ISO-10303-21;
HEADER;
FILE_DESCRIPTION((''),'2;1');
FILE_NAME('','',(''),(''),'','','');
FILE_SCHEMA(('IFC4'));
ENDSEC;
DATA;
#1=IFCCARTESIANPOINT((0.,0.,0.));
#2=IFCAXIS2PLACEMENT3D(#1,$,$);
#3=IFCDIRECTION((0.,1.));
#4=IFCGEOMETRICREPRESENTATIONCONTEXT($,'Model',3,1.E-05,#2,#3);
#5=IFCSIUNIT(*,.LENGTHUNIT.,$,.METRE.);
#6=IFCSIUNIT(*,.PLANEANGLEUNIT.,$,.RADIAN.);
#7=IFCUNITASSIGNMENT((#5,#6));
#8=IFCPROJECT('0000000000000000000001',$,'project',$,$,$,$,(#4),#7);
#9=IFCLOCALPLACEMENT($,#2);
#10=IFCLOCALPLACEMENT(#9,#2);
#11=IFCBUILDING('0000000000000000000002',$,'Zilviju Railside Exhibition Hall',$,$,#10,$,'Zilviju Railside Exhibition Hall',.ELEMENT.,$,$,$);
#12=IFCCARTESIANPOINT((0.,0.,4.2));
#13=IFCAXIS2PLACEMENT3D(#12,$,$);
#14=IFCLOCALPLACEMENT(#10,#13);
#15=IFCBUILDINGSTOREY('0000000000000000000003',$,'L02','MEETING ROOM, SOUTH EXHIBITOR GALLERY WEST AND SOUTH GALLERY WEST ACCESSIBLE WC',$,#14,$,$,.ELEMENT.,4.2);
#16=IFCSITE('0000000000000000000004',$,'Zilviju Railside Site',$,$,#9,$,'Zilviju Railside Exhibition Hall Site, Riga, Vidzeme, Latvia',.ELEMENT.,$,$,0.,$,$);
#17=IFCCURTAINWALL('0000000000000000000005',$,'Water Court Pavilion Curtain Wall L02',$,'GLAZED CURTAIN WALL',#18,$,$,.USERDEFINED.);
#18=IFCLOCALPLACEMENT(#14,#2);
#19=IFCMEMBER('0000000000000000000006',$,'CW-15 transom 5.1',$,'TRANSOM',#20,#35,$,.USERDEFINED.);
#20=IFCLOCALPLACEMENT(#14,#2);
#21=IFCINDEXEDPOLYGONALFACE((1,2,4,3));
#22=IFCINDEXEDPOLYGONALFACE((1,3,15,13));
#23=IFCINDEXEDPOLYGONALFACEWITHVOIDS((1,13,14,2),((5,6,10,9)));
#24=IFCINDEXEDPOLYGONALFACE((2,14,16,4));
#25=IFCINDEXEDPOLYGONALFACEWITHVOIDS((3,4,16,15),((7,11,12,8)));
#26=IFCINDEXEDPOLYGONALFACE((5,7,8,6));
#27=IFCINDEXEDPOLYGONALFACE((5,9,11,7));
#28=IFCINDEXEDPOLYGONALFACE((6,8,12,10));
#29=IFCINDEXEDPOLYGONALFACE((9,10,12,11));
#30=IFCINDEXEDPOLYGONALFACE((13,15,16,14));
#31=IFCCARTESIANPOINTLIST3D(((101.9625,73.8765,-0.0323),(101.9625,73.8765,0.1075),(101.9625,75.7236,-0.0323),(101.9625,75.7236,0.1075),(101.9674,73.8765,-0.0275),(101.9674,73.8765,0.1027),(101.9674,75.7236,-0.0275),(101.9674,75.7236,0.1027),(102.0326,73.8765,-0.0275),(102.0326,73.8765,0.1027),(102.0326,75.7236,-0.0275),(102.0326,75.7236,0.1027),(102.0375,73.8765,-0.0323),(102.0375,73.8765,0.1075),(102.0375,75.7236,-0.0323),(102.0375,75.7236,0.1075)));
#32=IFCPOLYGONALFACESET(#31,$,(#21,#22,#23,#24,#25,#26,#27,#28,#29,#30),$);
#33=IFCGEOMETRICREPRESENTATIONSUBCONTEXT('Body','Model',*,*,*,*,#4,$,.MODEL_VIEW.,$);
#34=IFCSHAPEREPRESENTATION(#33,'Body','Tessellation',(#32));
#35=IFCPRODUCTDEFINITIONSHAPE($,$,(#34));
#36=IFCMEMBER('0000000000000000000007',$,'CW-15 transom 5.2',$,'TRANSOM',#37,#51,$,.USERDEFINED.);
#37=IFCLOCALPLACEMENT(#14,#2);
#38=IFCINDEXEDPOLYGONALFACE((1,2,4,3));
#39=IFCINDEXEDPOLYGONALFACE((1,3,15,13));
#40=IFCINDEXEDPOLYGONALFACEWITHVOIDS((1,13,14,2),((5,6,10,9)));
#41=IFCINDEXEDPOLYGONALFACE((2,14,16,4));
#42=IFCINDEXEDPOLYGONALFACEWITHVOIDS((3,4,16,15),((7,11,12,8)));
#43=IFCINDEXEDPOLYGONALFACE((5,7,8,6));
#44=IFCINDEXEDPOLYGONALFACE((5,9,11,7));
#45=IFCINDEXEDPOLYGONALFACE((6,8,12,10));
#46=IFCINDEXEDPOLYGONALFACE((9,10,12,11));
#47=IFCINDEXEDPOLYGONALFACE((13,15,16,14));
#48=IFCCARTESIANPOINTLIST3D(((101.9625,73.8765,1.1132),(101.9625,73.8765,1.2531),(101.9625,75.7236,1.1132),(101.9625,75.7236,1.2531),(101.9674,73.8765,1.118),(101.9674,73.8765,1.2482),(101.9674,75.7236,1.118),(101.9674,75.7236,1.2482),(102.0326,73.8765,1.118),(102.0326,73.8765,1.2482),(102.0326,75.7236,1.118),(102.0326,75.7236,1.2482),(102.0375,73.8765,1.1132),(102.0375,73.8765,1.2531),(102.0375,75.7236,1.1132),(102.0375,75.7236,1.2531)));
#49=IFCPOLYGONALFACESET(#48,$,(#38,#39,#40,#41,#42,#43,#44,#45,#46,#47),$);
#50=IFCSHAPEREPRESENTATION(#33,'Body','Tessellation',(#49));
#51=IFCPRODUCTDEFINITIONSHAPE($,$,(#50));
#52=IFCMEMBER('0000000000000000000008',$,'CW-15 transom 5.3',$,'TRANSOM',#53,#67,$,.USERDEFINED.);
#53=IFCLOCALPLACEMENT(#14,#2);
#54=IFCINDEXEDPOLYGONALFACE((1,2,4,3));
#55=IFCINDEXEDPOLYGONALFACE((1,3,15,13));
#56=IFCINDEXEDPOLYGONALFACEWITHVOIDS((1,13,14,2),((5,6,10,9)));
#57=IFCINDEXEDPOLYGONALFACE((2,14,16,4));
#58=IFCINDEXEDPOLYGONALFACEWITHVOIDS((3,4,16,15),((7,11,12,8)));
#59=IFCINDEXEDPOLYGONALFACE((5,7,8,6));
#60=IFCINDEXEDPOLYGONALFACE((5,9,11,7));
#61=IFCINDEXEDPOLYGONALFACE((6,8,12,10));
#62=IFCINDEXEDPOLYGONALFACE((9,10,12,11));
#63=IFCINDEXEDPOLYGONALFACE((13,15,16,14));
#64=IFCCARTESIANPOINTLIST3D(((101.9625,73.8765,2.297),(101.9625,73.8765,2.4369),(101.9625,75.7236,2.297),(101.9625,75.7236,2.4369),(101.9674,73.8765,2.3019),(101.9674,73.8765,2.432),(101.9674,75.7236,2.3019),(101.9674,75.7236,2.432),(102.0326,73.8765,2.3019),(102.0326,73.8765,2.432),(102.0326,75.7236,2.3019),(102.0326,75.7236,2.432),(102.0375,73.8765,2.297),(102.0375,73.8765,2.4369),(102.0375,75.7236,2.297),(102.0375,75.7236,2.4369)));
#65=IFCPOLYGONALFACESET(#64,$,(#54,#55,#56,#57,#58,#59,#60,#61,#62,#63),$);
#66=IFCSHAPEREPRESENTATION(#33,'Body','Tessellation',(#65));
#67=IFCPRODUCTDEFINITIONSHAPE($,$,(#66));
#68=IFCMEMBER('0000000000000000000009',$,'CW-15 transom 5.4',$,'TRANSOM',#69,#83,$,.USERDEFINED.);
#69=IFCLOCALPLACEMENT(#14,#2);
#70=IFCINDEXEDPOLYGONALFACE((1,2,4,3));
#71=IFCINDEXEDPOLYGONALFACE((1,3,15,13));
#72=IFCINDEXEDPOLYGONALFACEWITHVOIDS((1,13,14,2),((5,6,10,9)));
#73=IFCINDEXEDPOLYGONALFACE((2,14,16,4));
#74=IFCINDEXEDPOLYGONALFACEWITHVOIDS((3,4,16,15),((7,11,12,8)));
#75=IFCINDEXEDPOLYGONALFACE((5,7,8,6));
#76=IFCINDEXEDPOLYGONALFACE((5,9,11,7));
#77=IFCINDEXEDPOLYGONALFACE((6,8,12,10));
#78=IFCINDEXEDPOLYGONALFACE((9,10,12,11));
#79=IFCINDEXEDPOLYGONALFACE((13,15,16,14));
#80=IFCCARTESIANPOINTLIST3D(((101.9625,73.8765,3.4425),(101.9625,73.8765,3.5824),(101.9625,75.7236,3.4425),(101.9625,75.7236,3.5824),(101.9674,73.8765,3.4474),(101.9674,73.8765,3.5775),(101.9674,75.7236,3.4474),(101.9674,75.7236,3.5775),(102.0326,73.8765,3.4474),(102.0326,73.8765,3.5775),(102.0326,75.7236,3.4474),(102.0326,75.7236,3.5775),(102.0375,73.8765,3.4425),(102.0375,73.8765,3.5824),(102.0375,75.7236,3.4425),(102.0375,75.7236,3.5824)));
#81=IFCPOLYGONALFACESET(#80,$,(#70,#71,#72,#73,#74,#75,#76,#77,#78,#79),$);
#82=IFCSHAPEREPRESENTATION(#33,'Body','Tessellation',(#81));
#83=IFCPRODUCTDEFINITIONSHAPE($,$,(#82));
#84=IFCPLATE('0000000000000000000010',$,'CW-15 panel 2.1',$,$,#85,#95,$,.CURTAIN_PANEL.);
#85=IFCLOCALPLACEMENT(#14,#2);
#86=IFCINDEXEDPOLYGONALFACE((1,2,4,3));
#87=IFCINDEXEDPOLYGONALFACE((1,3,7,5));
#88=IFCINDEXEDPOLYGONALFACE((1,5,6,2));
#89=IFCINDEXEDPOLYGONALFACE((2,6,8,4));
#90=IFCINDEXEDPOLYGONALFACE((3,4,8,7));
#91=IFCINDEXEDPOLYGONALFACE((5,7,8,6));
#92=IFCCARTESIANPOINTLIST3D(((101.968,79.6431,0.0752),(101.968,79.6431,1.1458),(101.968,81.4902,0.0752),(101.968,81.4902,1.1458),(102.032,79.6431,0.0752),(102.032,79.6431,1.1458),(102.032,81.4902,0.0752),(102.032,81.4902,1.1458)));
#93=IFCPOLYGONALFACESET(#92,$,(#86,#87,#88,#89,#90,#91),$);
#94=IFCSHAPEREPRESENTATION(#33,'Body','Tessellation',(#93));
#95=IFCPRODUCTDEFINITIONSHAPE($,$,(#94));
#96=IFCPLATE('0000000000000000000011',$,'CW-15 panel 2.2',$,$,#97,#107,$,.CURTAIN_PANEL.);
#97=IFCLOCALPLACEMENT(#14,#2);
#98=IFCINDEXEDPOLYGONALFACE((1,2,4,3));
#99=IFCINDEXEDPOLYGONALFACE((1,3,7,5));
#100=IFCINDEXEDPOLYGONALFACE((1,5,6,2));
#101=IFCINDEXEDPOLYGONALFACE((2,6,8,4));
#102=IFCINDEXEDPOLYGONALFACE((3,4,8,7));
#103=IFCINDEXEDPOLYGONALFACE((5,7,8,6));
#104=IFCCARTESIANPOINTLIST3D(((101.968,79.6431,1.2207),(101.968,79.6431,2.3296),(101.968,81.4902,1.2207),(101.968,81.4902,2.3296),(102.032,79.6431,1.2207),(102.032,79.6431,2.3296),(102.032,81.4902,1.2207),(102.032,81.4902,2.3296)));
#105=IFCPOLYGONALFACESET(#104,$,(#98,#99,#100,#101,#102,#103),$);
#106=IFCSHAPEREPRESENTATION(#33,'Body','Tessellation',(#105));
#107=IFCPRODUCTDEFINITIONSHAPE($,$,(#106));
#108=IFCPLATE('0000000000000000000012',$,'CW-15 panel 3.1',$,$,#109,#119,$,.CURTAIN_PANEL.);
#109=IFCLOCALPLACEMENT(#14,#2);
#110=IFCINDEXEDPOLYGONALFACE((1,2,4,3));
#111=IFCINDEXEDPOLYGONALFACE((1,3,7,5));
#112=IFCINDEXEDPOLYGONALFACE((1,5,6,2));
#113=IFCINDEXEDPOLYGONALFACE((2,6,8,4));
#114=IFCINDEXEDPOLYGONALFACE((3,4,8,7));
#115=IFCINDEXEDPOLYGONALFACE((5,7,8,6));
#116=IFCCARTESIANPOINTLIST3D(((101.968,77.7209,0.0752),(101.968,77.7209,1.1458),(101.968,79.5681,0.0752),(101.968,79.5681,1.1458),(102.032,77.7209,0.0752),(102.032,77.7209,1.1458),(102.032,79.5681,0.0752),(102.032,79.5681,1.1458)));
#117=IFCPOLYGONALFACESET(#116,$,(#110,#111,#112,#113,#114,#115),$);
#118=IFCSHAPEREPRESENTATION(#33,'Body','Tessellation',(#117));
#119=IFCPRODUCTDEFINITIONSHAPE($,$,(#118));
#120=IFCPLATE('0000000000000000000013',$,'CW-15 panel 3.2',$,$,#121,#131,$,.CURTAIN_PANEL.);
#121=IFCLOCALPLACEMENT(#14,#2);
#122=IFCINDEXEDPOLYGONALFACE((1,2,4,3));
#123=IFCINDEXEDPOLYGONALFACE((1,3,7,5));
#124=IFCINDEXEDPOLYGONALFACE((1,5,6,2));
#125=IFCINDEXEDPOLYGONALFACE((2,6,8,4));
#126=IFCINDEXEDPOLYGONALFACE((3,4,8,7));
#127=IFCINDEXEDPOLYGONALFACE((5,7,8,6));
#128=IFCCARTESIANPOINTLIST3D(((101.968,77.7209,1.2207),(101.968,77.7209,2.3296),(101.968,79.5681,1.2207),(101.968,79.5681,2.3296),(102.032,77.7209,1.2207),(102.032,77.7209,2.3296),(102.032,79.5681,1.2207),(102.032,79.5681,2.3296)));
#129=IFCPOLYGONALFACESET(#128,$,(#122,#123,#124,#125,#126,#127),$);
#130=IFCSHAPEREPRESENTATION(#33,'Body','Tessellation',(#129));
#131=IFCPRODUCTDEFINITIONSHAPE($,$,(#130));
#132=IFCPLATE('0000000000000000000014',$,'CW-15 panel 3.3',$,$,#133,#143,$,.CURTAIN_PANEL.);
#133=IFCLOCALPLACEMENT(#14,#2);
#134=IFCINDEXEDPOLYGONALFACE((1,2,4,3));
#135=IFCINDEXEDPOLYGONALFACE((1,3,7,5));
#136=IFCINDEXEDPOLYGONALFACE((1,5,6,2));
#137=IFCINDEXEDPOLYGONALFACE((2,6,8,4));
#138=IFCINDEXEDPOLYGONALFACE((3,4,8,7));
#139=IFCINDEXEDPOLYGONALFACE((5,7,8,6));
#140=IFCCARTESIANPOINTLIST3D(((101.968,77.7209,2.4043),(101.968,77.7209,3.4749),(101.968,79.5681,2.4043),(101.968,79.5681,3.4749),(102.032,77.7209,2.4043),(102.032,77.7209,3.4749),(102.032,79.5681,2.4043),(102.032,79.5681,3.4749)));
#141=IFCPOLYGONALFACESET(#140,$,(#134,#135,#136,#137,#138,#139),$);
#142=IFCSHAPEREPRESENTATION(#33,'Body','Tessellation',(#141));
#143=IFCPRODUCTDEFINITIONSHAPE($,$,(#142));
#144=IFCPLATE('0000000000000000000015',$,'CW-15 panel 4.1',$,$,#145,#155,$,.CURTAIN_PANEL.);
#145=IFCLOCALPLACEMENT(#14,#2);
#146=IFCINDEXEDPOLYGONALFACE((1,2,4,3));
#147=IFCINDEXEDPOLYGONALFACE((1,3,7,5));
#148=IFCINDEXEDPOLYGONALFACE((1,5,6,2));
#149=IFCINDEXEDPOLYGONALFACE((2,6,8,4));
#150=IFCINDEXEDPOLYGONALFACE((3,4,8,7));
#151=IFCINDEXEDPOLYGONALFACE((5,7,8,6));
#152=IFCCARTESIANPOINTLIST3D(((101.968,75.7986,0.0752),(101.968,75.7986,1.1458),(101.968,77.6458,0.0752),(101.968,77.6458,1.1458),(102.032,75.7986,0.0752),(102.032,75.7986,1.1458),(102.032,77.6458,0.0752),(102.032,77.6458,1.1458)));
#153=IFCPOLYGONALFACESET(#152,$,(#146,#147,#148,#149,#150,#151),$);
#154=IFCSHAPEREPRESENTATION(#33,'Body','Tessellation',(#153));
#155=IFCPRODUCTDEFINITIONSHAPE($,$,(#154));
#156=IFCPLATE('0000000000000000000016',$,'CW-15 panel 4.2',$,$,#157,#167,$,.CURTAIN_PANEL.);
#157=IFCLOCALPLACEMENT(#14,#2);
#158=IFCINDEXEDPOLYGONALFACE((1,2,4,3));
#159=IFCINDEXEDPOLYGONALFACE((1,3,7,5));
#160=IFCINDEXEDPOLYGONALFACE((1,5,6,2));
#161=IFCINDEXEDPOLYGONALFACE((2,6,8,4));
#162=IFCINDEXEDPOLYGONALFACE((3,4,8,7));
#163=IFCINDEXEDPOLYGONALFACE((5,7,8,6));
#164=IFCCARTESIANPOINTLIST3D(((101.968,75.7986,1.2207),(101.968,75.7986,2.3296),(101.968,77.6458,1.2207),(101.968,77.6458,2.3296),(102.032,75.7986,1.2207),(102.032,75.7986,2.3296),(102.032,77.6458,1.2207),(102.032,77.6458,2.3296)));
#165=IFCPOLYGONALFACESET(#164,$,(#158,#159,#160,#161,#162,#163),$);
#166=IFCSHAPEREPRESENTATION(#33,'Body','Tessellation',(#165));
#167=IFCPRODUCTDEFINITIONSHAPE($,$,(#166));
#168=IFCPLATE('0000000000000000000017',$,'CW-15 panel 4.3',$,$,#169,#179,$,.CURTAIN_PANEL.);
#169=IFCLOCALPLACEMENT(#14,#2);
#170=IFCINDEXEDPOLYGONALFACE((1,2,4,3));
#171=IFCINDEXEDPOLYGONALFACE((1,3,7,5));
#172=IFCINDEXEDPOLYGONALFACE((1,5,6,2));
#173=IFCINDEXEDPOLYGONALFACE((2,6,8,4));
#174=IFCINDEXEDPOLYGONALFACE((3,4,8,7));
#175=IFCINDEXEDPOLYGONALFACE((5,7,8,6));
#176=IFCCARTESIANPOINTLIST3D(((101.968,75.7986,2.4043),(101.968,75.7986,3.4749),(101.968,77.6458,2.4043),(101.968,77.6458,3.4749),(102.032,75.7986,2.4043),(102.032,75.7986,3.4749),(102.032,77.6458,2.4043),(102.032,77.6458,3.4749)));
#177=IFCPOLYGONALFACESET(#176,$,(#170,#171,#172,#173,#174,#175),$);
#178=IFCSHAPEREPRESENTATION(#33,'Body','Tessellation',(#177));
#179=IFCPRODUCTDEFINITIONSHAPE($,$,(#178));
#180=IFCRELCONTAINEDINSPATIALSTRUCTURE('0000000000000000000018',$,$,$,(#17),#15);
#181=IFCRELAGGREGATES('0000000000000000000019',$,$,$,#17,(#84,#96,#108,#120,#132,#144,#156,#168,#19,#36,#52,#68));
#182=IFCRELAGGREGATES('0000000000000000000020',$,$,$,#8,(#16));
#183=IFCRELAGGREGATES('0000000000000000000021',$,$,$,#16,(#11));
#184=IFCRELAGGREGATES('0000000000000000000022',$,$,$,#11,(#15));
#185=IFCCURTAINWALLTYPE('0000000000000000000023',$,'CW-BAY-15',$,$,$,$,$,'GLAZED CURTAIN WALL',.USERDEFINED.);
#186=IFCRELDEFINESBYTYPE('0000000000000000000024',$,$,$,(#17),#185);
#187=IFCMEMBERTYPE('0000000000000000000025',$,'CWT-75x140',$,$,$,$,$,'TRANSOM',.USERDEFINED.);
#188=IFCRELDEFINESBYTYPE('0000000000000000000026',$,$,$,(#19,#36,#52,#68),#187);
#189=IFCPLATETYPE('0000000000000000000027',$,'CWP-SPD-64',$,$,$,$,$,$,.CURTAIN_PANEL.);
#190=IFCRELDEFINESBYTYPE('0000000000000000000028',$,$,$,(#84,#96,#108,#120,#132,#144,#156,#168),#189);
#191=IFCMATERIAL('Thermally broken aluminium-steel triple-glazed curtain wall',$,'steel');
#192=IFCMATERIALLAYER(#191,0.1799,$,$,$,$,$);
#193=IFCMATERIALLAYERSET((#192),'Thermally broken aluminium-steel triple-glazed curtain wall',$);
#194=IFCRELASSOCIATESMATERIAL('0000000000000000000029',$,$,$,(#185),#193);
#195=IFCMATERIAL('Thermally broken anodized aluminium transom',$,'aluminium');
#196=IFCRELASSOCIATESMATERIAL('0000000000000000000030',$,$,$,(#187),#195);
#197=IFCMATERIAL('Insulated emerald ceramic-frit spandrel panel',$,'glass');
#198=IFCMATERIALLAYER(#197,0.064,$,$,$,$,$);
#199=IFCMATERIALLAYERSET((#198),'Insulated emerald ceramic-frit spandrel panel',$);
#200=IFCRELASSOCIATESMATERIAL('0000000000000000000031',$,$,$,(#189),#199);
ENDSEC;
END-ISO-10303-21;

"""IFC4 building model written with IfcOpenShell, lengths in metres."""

from ifc_helpers import new_model, si_unit, direction, frame, origin, origin_2d, place, context, subcontext, project, spatial, rectangle, hollow_rectangle, extrude, material, layer, layer_set, material_profile, profile_set, type_object, element, aggregate, save


model = new_model("IFC4")

# Units and contexts
model_context = context("Model", 3, precision=1e-05, world=origin(), true_north=direction((0.0, 1.0)))
body_context = subcontext(model_context, "Body", "Model", "MODEL_VIEW")
ifc_project = project(units=[si_unit("LENGTHUNIT", "METRE"), si_unit("PLANEANGLEUNIT", "RADIAN")], contexts=[model_context])

# Site, building, storey
site_placement = place(None, origin())
site = spatial("IfcSite", under=ifc_project, at=site_placement, Name="Zilviju Railside Site", LongName="Zilviju Railside Exhibition Hall Site, Riga, Vidzeme, Latvia", CompositionType="ELEMENT", RefElevation=0.0)
building_placement = place(site_placement, origin())
building = spatial("IfcBuilding", under=site, at=building_placement, Name="Zilviju Railside Exhibition Hall", LongName="Zilviju Railside Exhibition Hall", CompositionType="ELEMENT")
storey_placement = place(building_placement, frame((0.0, 0.0, 4.2)))
storey = spatial("IfcBuildingStorey", under=building, at=storey_placement, Name="L02", Description="MEETING ROOM, SOUTH EXHIBITOR GALLERY WEST AND SOUTH GALLERY WEST ACCESSIBLE WC", CompositionType="ELEMENT", Elevation=4.2)

# Curtain wall, members, plates
ifc_material_1 = material(Name="Thermally broken aluminium-steel triple-glazed curtain wall", Category="steel")
ifc_layer_1 = layer(ifc_material_1, 0.1799)
ifc_layer_set_1 = layer_set([ifc_layer_1], Name="Thermally broken aluminium-steel triple-glazed curtain wall")
curtain_wall_type = type_object("IfcCurtainWallType", Name="CW-BAY-15", ElementType="GLAZED CURTAIN WALL", PredefinedType="USERDEFINED", material=ifc_layer_set_1)
curtain_wall_placement = place(storey_placement, origin())
curtain_wall = element("IfcCurtainWall", 1, at=curtain_wall_placement, inside=storey, type_object=curtain_wall_type, Name="Water Court Pavilion Curtain Wall L02", ObjectType="GLAZED CURTAIN WALL", PredefinedType="USERDEFINED")
ifc_material_2 = material(Name="Thermally broken anodized aluminium transom", Category="aluminium")
ifc_material_profile_1 = material_profile(ifc_material_2, hollow_rectangle(XDim=0.075, YDim=0.1399, WallThickness=0.0049, at=origin_2d()), Name="TRANSOM 140x75x5")
ifc_profile_set_1 = profile_set([ifc_material_profile_1], Name="Thermally broken anodized aluminium transom")
member_type_1 = type_object("IfcMemberType", Name="CWT-75x140", ElementType="TRANSOM", PredefinedType="USERDEFINED", material=ifc_profile_set_1)
member_1_placement = place(storey_placement, frame((102.0, 75.7236, 0.0376), z_axis=(0.0, -1.0, 0.0), x_axis=(1.0, 0.0, 0.0)))
member_1 = element("IfcMember", 2, at=member_1_placement, type_object=member_type_1, Name="CW-15 transom 5.1", ObjectType="TRANSOM", PredefinedType="USERDEFINED", context=body_context, shape_type="SweptSolid", body=[
    extrude(hollow_rectangle(XDim=0.075, YDim=0.1399, WallThickness=0.0049, at=origin_2d()), origin(), (0.0, 0.0, 1.0), 1.8472),
])
member_2_placement = place(storey_placement, frame((102.0, 75.7236, 1.1831), z_axis=(0.0, -1.0, 0.0), x_axis=(1.0, 0.0, 0.0)))
member_2 = element("IfcMember", 3, at=member_2_placement, type_object=member_type_1, Name="CW-15 transom 5.2", ObjectType="TRANSOM", PredefinedType="USERDEFINED", context=body_context, shape_type="SweptSolid", body=[
    extrude(hollow_rectangle(XDim=0.075, YDim=0.1399, WallThickness=0.0049, at=origin_2d()), origin(), (0.0, 0.0, 1.0), 1.8472),
])
member_3_placement = place(storey_placement, frame((102.0, 75.7236, 2.3669), z_axis=(0.0, -1.0, 0.0), x_axis=(1.0, 0.0, 0.0)))
member_3 = element("IfcMember", 4, at=member_3_placement, type_object=member_type_1, Name="CW-15 transom 5.3", ObjectType="TRANSOM", PredefinedType="USERDEFINED", context=body_context, shape_type="SweptSolid", body=[
    extrude(hollow_rectangle(XDim=0.075, YDim=0.1399, WallThickness=0.0049, at=origin_2d()), origin(), (0.0, 0.0, 1.0), 1.8472),
])
member_4_placement = place(storey_placement, frame((102.0, 75.7236, 3.5125), z_axis=(0.0, -1.0, 0.0), x_axis=(1.0, 0.0, 0.0)))
member_4 = element("IfcMember", 5, at=member_4_placement, type_object=member_type_1, Name="CW-15 transom 5.4", ObjectType="TRANSOM", PredefinedType="USERDEFINED", context=body_context, shape_type="SweptSolid", body=[
    extrude(hollow_rectangle(XDim=0.075, YDim=0.1399, WallThickness=0.0049, at=origin_2d()), origin(), (0.0, 0.0, 1.0), 1.8472),
])
ifc_material_3 = material(Name="Insulated emerald ceramic-frit spandrel panel", Category="glass")
ifc_layer_2 = layer(ifc_material_3, 0.064)
ifc_layer_set_2 = layer_set([ifc_layer_2], Name="Insulated emerald ceramic-frit spandrel panel")
plate_type = type_object("IfcPlateType", Name="CWP-SPD-64", PredefinedType="CURTAIN_PANEL", material=ifc_layer_set_2)
plate_1_placement = place(storey_placement, frame((102.0, 80.5667, 0.0752), z_axis=(0.0, 0.0, 1.0), x_axis=(0.0, -1.0, 0.0)))
plate_1 = element("IfcPlate", 6, at=plate_1_placement, type_object=plate_type, Name="CW-15 panel 2.1", PredefinedType="CURTAIN_PANEL", context=body_context, shape_type="SweptSolid", body=[
    extrude(rectangle(XDim=1.8472, YDim=0.064, at=origin_2d()), origin(), (0.0, 0.0, 1.0), 1.0706),
])
plate_2_placement = place(storey_placement, frame((102.0, 80.5667, 1.2207), z_axis=(0.0, 0.0, 1.0), x_axis=(0.0, -1.0, 0.0)))
plate_2 = element("IfcPlate", 7, at=plate_2_placement, type_object=plate_type, Name="CW-15 panel 2.2", PredefinedType="CURTAIN_PANEL", context=body_context, shape_type="SweptSolid", body=[
    extrude(rectangle(XDim=1.8472, YDim=0.064, at=origin_2d()), origin(), (0.0, 0.0, 1.0), 1.1089),
])
plate_3_placement = place(storey_placement, frame((102.0, 78.6445, 0.0752), z_axis=(0.0, 0.0, 1.0), x_axis=(0.0, -1.0, 0.0)))
plate_3 = element("IfcPlate", 8, at=plate_3_placement, type_object=plate_type, Name="CW-15 panel 3.1", PredefinedType="CURTAIN_PANEL", context=body_context, shape_type="SweptSolid", body=[
    extrude(rectangle(XDim=1.8472, YDim=0.064, at=origin_2d()), origin(), (0.0, 0.0, 1.0), 1.0706),
])
plate_4_placement = place(storey_placement, frame((102.0, 78.6445, 1.2207), z_axis=(0.0, 0.0, 1.0), x_axis=(0.0, -1.0, 0.0)))
plate_4 = element("IfcPlate", 9, at=plate_4_placement, type_object=plate_type, Name="CW-15 panel 3.2", PredefinedType="CURTAIN_PANEL", context=body_context, shape_type="SweptSolid", body=[
    extrude(rectangle(XDim=1.8472, YDim=0.064, at=origin_2d()), origin(), (0.0, 0.0, 1.0), 1.1089),
])
plate_5_placement = place(storey_placement, frame((102.0, 78.6445, 2.4043), z_axis=(0.0, 0.0, 1.0), x_axis=(0.0, -1.0, 0.0)))
plate_5 = element("IfcPlate", 10, at=plate_5_placement, type_object=plate_type, Name="CW-15 panel 3.3", PredefinedType="CURTAIN_PANEL", context=body_context, shape_type="SweptSolid", body=[
    extrude(rectangle(XDim=1.8472, YDim=0.064, at=origin_2d()), origin(), (0.0, 0.0, 1.0), 1.0706),
])
plate_6_placement = place(storey_placement, frame((102.0, 76.7222, 0.0752), z_axis=(0.0, 0.0, 1.0), x_axis=(0.0, -1.0, 0.0)))
plate_6 = element("IfcPlate", 11, at=plate_6_placement, type_object=plate_type, Name="CW-15 panel 4.1", PredefinedType="CURTAIN_PANEL", context=body_context, shape_type="SweptSolid", body=[
    extrude(rectangle(XDim=1.8472, YDim=0.064, at=origin_2d()), origin(), (0.0, 0.0, 1.0), 1.0706),
])
plate_7_placement = place(storey_placement, frame((102.0, 76.7222, 1.2207), z_axis=(0.0, 0.0, 1.0), x_axis=(0.0, -1.0, 0.0)))
plate_7 = element("IfcPlate", 12, at=plate_7_placement, type_object=plate_type, Name="CW-15 panel 4.2", PredefinedType="CURTAIN_PANEL", context=body_context, shape_type="SweptSolid", body=[
    extrude(rectangle(XDim=1.8472, YDim=0.064, at=origin_2d()), origin(), (0.0, 0.0, 1.0), 1.1089),
])
plate_8_placement = place(storey_placement, frame((102.0, 76.7222, 2.4043), z_axis=(0.0, 0.0, 1.0), x_axis=(0.0, -1.0, 0.0)))
plate_8 = element("IfcPlate", 13, at=plate_8_placement, type_object=plate_type, Name="CW-15 panel 4.3", PredefinedType="CURTAIN_PANEL", context=body_context, shape_type="SweptSolid", body=[
    extrude(rectangle(XDim=1.8472, YDim=0.064, at=origin_2d()), origin(), (0.0, 0.0, 1.0), 1.0706),
])
aggregate(curtain_wall, [plate_1, plate_2, plate_3, plate_4, plate_5, plate_6, plate_7, plate_8, member_1, member_2, member_3, member_4])

save(model, "model.ifc")
